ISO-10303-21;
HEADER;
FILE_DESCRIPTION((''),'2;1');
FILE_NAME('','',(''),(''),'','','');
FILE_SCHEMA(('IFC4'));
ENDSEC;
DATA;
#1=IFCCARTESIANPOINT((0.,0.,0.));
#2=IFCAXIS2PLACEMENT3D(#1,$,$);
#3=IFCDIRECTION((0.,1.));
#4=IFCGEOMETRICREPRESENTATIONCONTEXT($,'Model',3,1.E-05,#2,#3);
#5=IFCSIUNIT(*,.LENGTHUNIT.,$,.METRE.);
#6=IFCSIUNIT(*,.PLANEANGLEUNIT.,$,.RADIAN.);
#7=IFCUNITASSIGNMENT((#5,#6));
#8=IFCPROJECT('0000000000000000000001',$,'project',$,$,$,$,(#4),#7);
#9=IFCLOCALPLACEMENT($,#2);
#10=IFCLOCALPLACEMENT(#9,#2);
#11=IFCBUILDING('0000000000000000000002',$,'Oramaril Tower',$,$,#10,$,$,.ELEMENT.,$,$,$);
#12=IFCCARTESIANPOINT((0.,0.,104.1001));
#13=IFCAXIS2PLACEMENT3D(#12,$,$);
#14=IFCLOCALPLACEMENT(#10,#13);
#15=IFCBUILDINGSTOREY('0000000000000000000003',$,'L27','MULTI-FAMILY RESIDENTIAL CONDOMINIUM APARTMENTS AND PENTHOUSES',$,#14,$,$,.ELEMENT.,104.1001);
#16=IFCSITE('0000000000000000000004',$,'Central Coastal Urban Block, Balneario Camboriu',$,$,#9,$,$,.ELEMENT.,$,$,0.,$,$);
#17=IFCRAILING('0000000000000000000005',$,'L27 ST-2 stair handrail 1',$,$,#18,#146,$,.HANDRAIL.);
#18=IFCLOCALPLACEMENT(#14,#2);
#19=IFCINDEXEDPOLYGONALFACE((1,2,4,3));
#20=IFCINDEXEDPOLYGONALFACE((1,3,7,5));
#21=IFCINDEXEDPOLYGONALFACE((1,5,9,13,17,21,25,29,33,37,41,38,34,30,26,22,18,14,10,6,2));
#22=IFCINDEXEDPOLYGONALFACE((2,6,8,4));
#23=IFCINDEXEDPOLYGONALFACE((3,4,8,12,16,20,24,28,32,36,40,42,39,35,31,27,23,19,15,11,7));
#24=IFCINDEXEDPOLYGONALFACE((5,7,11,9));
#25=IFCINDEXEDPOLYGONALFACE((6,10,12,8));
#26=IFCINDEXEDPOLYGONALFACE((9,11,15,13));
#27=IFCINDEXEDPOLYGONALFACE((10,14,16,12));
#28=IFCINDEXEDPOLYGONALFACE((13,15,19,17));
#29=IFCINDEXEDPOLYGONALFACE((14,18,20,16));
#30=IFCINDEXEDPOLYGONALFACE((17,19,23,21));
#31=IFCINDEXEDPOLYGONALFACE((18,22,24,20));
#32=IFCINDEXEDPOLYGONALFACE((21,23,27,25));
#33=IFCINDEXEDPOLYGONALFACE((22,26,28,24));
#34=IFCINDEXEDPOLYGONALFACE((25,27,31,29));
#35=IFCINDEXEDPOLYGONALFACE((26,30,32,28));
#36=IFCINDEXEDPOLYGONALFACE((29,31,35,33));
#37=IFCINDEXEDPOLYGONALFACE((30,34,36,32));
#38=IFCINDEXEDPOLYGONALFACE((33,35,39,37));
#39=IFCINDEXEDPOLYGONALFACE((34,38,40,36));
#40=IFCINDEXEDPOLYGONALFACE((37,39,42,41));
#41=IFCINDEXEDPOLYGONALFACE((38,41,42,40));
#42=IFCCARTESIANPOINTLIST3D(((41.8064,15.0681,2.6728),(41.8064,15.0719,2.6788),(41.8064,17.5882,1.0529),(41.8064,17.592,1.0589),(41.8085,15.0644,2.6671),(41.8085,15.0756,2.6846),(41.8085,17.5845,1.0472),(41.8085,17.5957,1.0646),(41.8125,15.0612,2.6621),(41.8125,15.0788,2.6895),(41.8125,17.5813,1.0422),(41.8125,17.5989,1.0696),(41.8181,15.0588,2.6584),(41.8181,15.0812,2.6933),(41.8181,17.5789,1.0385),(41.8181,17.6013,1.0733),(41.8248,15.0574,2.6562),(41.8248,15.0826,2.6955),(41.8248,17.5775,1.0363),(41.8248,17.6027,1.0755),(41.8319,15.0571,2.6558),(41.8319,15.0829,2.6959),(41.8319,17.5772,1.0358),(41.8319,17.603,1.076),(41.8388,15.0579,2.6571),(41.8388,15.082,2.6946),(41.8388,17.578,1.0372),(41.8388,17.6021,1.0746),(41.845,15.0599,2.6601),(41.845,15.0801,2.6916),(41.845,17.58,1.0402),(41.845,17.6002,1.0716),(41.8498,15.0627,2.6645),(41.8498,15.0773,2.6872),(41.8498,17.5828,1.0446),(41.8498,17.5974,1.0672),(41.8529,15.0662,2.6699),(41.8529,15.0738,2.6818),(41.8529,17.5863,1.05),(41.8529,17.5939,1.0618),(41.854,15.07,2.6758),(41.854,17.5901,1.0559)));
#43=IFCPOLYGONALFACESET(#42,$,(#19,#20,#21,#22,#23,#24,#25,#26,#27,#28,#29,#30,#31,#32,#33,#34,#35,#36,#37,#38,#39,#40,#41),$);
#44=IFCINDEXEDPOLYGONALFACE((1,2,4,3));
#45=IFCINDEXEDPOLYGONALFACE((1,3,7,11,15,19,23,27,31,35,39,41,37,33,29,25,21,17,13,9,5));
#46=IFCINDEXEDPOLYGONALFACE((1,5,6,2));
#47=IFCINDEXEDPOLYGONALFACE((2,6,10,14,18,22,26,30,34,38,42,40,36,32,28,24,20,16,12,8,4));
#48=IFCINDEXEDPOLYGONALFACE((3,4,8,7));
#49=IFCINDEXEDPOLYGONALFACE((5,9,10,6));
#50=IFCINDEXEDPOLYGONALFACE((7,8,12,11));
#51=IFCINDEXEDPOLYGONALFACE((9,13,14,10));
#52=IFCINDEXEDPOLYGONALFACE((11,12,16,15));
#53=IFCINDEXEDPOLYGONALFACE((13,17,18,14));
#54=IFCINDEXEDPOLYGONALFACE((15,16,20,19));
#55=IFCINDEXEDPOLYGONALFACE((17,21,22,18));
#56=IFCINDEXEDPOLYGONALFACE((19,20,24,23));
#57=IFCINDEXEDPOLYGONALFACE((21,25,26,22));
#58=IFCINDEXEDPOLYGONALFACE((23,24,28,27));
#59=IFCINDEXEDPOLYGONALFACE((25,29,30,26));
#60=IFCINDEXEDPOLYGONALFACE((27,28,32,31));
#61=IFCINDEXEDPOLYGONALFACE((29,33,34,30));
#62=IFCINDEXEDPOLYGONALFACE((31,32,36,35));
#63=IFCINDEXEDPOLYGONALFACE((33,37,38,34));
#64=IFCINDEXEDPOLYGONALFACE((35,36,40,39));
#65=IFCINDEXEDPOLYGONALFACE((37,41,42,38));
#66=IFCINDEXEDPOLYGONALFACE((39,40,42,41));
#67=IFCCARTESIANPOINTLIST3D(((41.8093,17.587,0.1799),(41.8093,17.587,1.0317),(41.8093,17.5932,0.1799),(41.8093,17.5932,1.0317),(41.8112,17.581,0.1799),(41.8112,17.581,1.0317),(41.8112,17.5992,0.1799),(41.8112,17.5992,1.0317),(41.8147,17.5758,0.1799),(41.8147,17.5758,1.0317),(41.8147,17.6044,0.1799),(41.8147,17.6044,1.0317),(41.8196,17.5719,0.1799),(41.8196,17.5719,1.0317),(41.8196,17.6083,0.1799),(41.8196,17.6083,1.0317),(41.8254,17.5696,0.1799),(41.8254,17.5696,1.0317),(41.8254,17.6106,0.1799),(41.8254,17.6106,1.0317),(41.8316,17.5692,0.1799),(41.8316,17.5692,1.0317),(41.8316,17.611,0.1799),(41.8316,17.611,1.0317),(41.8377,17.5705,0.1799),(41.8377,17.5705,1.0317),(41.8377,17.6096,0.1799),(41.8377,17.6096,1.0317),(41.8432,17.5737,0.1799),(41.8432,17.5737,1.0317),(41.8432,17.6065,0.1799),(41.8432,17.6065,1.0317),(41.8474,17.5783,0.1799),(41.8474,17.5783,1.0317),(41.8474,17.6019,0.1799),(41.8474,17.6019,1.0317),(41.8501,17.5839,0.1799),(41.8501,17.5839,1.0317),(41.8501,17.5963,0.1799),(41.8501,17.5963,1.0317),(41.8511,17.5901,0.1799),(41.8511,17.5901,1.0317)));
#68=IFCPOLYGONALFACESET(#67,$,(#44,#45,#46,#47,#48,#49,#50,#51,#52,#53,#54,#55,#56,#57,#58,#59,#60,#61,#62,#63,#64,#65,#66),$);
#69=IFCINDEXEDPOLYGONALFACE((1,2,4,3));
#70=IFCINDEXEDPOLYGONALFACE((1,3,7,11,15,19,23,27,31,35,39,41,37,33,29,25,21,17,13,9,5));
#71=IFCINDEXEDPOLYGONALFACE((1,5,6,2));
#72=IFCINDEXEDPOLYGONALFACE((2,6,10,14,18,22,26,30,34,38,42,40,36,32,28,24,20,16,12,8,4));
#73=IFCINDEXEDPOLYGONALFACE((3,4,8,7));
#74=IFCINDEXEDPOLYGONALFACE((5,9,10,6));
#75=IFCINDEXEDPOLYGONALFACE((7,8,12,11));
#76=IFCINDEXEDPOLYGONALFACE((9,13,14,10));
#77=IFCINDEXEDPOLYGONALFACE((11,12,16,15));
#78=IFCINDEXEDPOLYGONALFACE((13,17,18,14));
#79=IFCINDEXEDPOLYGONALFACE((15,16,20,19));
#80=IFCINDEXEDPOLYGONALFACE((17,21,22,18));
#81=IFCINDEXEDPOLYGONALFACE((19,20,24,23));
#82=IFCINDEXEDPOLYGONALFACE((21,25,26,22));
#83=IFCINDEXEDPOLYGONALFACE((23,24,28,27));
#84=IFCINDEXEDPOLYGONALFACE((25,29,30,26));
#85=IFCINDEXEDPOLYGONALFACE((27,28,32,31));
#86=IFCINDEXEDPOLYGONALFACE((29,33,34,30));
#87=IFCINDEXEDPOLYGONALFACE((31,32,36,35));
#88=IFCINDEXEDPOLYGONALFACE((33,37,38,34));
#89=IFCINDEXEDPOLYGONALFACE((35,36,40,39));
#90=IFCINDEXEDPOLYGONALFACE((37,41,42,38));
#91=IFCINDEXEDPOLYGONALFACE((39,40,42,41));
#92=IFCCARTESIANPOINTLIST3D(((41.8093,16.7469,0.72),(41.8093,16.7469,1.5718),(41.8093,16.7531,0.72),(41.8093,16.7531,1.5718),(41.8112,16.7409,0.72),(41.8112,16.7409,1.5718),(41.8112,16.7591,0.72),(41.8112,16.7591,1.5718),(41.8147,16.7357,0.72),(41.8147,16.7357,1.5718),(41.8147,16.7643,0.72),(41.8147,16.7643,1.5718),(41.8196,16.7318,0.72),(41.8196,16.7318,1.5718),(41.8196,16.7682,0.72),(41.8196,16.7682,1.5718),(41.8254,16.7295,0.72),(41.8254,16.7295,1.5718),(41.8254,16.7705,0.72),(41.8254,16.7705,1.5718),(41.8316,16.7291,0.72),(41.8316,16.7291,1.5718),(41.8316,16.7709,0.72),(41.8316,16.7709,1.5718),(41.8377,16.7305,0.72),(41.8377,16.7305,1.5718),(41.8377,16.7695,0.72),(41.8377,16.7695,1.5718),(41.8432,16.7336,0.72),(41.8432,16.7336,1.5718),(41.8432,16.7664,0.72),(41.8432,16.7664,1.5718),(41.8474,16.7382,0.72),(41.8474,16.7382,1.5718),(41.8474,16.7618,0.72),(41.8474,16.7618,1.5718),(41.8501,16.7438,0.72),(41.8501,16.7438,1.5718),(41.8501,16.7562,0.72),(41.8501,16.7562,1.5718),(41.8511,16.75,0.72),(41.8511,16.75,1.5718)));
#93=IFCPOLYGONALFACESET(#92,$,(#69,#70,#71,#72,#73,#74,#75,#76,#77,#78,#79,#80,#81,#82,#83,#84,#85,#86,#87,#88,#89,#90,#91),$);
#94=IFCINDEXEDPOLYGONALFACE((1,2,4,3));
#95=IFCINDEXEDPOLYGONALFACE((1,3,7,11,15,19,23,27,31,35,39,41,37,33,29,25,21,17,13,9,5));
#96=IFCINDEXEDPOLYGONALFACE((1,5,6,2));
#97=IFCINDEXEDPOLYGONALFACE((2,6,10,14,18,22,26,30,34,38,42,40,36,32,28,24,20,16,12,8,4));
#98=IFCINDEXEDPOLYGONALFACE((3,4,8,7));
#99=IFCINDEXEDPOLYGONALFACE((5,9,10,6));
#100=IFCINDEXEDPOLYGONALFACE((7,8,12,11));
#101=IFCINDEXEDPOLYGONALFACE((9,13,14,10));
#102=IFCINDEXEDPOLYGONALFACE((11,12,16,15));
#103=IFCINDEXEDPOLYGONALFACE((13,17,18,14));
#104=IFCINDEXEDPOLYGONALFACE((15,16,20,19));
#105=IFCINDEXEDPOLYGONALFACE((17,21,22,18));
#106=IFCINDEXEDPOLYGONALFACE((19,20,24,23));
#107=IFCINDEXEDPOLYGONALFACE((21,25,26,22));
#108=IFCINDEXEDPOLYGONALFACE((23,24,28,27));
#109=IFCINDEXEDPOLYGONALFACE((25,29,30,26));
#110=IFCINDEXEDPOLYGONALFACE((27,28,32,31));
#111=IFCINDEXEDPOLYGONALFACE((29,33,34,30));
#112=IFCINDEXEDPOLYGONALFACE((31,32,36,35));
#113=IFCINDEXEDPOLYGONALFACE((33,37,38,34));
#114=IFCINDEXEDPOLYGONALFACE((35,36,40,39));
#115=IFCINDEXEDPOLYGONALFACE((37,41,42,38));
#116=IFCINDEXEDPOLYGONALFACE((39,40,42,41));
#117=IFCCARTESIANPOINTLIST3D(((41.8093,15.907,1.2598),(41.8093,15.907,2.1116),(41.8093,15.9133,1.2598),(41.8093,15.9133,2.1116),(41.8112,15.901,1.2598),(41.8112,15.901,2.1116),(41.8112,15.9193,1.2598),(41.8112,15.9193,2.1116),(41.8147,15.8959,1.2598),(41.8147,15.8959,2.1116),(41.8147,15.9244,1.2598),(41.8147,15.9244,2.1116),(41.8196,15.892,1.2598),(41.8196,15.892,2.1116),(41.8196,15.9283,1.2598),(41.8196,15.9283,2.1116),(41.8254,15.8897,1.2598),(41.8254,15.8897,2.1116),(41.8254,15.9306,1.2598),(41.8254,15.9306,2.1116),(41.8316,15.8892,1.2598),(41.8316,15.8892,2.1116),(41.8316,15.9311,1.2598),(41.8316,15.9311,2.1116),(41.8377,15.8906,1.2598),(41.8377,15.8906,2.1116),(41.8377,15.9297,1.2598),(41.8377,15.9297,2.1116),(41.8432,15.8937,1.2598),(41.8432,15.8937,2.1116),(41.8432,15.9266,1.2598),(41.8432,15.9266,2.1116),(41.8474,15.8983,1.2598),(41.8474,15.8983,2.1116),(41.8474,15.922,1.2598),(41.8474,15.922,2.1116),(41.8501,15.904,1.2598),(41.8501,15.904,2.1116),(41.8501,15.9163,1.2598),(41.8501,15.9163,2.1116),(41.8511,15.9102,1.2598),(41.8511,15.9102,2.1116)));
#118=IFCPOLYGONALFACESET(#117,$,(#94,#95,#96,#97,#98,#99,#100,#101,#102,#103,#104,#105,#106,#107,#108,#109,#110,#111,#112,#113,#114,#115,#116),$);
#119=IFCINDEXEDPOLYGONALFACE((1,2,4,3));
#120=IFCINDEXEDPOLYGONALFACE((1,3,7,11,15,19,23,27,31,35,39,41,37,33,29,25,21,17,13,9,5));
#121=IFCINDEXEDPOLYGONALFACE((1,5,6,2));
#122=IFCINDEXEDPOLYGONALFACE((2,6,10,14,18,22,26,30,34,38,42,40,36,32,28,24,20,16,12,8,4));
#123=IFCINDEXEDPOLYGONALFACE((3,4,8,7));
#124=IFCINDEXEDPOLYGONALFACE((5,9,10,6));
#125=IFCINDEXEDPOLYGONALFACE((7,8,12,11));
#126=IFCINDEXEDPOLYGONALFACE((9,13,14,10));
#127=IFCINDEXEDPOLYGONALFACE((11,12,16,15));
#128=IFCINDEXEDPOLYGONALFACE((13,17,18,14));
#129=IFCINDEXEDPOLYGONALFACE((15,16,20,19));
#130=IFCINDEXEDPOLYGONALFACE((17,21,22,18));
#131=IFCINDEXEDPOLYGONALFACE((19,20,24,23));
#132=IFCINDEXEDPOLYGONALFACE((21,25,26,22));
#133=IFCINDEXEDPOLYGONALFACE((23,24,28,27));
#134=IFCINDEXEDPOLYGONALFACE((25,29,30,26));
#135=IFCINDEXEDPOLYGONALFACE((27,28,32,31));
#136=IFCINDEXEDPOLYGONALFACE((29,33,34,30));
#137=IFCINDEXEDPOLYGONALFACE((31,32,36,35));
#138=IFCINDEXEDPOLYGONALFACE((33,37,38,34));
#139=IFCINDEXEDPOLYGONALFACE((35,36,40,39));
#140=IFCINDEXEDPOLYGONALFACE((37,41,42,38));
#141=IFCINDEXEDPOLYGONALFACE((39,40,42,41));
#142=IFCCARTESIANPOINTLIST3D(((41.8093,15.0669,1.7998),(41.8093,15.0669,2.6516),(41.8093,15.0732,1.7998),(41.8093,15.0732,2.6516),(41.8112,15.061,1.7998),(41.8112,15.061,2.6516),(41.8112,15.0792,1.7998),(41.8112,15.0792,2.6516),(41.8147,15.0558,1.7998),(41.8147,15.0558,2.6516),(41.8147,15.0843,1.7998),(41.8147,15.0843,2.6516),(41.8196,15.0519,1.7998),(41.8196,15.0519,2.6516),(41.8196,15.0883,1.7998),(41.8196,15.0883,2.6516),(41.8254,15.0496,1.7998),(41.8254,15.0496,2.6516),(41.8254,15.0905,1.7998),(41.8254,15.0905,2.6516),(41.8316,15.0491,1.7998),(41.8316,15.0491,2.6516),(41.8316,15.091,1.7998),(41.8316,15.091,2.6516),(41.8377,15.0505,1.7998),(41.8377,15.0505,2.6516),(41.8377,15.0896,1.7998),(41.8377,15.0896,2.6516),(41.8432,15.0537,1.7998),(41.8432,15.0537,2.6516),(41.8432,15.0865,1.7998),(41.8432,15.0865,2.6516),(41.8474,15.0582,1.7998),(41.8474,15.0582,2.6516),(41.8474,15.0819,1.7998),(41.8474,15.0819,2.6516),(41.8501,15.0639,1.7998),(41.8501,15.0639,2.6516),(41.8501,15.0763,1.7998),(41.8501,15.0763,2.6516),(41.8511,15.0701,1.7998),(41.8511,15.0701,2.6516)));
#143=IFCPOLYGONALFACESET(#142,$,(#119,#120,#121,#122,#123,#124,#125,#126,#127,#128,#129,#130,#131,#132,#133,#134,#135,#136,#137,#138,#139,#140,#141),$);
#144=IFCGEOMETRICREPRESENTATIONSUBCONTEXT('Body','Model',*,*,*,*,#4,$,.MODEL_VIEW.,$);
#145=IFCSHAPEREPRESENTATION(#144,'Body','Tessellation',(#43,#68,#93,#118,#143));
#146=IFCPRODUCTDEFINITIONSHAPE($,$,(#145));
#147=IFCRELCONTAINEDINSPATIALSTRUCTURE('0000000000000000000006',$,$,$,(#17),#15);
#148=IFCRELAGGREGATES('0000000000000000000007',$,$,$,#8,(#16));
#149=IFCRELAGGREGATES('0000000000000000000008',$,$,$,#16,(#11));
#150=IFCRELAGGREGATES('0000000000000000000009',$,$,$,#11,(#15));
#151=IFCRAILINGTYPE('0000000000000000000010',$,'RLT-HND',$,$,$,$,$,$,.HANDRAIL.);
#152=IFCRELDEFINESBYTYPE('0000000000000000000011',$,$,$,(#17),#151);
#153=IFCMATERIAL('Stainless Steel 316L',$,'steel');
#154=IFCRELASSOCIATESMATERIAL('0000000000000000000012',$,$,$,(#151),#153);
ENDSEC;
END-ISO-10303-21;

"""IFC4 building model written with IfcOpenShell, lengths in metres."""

from ifc_helpers import new_model, si_unit, direction, frame, origin, origin_2d, place, context, subcontext, project, spatial, circle, extrude, material, type_object, element, save


model = new_model("IFC4")

# Units and contexts
model_context = context("Model", 3, precision=1e-05, world=origin(), true_north=direction((0.0, 1.0)))
body_context = subcontext(model_context, "Body", "Model", "MODEL_VIEW")
ifc_project = project(units=[si_unit("LENGTHUNIT", "METRE"), si_unit("PLANEANGLEUNIT", "RADIAN")], contexts=[model_context])

# Site, building, storey
site_placement = place(None, origin())
site = spatial("IfcSite", under=ifc_project, at=site_placement, Name="Central Coastal Urban Block, Balneario Camboriu", CompositionType="ELEMENT", RefElevation=0.0)
building_placement = place(site_placement, origin())
building = spatial("IfcBuilding", under=site, at=building_placement, Name="Oramaril Tower", CompositionType="ELEMENT")
storey_placement = place(building_placement, frame((0.0, 0.0, 104.1001)))
storey = spatial("IfcBuildingStorey", under=building, at=storey_placement, Name="L27", Description="MULTI-FAMILY RESIDENTIAL CONDOMINIUM APARTMENTS AND PENTHOUSES", CompositionType="ELEMENT", Elevation=104.1001)

# Railing
ifc_material_1 = material(Name="Stainless Steel 316L", Category="steel")
railing_type_1 = type_object("IfcRailingType", Name="RLT-HND", PredefinedType="HANDRAIL", material=ifc_material_1)
railing_1_placement = place(storey_placement, frame((41.8301, 17.5901, 0.1799)))
element("IfcRailing", 1, at=railing_1_placement, inside=storey, type_object=railing_type_1, Name="L27 ST-2 stair handrail 1", PredefinedType="HANDRAIL", context=body_context, shape_type="SweptSolid", body=[
    extrude(circle(Radius=0.0239, at=origin_2d()), frame((0.0, 0.0, 0.876), z_axis=(0.0, -0.8412, 0.540725), x_axis=(1.0, 0.0, 0.0)), (0.0, 0.0, 1.0), 2.9958),
    extrude(circle(Radius=0.021, at=origin_2d()), origin(), (0.0, 0.0, 1.0), 0.8518),
    extrude(circle(Radius=0.021, at=origin_2d()), frame((0.0, -0.8401, 0.54)), (0.0, 0.0, 1.0), 0.8518),
    extrude(circle(Radius=0.021, at=origin_2d()), frame((0.0, -1.6799, 1.0798)), (0.0, 0.0, 1.0), 0.8518),
    extrude(circle(Radius=0.021, at=origin_2d()), frame((0.0, -2.52, 1.6199)), (0.0, 0.0, 1.0), 0.8518),
])

save(model, "model.ifc")
